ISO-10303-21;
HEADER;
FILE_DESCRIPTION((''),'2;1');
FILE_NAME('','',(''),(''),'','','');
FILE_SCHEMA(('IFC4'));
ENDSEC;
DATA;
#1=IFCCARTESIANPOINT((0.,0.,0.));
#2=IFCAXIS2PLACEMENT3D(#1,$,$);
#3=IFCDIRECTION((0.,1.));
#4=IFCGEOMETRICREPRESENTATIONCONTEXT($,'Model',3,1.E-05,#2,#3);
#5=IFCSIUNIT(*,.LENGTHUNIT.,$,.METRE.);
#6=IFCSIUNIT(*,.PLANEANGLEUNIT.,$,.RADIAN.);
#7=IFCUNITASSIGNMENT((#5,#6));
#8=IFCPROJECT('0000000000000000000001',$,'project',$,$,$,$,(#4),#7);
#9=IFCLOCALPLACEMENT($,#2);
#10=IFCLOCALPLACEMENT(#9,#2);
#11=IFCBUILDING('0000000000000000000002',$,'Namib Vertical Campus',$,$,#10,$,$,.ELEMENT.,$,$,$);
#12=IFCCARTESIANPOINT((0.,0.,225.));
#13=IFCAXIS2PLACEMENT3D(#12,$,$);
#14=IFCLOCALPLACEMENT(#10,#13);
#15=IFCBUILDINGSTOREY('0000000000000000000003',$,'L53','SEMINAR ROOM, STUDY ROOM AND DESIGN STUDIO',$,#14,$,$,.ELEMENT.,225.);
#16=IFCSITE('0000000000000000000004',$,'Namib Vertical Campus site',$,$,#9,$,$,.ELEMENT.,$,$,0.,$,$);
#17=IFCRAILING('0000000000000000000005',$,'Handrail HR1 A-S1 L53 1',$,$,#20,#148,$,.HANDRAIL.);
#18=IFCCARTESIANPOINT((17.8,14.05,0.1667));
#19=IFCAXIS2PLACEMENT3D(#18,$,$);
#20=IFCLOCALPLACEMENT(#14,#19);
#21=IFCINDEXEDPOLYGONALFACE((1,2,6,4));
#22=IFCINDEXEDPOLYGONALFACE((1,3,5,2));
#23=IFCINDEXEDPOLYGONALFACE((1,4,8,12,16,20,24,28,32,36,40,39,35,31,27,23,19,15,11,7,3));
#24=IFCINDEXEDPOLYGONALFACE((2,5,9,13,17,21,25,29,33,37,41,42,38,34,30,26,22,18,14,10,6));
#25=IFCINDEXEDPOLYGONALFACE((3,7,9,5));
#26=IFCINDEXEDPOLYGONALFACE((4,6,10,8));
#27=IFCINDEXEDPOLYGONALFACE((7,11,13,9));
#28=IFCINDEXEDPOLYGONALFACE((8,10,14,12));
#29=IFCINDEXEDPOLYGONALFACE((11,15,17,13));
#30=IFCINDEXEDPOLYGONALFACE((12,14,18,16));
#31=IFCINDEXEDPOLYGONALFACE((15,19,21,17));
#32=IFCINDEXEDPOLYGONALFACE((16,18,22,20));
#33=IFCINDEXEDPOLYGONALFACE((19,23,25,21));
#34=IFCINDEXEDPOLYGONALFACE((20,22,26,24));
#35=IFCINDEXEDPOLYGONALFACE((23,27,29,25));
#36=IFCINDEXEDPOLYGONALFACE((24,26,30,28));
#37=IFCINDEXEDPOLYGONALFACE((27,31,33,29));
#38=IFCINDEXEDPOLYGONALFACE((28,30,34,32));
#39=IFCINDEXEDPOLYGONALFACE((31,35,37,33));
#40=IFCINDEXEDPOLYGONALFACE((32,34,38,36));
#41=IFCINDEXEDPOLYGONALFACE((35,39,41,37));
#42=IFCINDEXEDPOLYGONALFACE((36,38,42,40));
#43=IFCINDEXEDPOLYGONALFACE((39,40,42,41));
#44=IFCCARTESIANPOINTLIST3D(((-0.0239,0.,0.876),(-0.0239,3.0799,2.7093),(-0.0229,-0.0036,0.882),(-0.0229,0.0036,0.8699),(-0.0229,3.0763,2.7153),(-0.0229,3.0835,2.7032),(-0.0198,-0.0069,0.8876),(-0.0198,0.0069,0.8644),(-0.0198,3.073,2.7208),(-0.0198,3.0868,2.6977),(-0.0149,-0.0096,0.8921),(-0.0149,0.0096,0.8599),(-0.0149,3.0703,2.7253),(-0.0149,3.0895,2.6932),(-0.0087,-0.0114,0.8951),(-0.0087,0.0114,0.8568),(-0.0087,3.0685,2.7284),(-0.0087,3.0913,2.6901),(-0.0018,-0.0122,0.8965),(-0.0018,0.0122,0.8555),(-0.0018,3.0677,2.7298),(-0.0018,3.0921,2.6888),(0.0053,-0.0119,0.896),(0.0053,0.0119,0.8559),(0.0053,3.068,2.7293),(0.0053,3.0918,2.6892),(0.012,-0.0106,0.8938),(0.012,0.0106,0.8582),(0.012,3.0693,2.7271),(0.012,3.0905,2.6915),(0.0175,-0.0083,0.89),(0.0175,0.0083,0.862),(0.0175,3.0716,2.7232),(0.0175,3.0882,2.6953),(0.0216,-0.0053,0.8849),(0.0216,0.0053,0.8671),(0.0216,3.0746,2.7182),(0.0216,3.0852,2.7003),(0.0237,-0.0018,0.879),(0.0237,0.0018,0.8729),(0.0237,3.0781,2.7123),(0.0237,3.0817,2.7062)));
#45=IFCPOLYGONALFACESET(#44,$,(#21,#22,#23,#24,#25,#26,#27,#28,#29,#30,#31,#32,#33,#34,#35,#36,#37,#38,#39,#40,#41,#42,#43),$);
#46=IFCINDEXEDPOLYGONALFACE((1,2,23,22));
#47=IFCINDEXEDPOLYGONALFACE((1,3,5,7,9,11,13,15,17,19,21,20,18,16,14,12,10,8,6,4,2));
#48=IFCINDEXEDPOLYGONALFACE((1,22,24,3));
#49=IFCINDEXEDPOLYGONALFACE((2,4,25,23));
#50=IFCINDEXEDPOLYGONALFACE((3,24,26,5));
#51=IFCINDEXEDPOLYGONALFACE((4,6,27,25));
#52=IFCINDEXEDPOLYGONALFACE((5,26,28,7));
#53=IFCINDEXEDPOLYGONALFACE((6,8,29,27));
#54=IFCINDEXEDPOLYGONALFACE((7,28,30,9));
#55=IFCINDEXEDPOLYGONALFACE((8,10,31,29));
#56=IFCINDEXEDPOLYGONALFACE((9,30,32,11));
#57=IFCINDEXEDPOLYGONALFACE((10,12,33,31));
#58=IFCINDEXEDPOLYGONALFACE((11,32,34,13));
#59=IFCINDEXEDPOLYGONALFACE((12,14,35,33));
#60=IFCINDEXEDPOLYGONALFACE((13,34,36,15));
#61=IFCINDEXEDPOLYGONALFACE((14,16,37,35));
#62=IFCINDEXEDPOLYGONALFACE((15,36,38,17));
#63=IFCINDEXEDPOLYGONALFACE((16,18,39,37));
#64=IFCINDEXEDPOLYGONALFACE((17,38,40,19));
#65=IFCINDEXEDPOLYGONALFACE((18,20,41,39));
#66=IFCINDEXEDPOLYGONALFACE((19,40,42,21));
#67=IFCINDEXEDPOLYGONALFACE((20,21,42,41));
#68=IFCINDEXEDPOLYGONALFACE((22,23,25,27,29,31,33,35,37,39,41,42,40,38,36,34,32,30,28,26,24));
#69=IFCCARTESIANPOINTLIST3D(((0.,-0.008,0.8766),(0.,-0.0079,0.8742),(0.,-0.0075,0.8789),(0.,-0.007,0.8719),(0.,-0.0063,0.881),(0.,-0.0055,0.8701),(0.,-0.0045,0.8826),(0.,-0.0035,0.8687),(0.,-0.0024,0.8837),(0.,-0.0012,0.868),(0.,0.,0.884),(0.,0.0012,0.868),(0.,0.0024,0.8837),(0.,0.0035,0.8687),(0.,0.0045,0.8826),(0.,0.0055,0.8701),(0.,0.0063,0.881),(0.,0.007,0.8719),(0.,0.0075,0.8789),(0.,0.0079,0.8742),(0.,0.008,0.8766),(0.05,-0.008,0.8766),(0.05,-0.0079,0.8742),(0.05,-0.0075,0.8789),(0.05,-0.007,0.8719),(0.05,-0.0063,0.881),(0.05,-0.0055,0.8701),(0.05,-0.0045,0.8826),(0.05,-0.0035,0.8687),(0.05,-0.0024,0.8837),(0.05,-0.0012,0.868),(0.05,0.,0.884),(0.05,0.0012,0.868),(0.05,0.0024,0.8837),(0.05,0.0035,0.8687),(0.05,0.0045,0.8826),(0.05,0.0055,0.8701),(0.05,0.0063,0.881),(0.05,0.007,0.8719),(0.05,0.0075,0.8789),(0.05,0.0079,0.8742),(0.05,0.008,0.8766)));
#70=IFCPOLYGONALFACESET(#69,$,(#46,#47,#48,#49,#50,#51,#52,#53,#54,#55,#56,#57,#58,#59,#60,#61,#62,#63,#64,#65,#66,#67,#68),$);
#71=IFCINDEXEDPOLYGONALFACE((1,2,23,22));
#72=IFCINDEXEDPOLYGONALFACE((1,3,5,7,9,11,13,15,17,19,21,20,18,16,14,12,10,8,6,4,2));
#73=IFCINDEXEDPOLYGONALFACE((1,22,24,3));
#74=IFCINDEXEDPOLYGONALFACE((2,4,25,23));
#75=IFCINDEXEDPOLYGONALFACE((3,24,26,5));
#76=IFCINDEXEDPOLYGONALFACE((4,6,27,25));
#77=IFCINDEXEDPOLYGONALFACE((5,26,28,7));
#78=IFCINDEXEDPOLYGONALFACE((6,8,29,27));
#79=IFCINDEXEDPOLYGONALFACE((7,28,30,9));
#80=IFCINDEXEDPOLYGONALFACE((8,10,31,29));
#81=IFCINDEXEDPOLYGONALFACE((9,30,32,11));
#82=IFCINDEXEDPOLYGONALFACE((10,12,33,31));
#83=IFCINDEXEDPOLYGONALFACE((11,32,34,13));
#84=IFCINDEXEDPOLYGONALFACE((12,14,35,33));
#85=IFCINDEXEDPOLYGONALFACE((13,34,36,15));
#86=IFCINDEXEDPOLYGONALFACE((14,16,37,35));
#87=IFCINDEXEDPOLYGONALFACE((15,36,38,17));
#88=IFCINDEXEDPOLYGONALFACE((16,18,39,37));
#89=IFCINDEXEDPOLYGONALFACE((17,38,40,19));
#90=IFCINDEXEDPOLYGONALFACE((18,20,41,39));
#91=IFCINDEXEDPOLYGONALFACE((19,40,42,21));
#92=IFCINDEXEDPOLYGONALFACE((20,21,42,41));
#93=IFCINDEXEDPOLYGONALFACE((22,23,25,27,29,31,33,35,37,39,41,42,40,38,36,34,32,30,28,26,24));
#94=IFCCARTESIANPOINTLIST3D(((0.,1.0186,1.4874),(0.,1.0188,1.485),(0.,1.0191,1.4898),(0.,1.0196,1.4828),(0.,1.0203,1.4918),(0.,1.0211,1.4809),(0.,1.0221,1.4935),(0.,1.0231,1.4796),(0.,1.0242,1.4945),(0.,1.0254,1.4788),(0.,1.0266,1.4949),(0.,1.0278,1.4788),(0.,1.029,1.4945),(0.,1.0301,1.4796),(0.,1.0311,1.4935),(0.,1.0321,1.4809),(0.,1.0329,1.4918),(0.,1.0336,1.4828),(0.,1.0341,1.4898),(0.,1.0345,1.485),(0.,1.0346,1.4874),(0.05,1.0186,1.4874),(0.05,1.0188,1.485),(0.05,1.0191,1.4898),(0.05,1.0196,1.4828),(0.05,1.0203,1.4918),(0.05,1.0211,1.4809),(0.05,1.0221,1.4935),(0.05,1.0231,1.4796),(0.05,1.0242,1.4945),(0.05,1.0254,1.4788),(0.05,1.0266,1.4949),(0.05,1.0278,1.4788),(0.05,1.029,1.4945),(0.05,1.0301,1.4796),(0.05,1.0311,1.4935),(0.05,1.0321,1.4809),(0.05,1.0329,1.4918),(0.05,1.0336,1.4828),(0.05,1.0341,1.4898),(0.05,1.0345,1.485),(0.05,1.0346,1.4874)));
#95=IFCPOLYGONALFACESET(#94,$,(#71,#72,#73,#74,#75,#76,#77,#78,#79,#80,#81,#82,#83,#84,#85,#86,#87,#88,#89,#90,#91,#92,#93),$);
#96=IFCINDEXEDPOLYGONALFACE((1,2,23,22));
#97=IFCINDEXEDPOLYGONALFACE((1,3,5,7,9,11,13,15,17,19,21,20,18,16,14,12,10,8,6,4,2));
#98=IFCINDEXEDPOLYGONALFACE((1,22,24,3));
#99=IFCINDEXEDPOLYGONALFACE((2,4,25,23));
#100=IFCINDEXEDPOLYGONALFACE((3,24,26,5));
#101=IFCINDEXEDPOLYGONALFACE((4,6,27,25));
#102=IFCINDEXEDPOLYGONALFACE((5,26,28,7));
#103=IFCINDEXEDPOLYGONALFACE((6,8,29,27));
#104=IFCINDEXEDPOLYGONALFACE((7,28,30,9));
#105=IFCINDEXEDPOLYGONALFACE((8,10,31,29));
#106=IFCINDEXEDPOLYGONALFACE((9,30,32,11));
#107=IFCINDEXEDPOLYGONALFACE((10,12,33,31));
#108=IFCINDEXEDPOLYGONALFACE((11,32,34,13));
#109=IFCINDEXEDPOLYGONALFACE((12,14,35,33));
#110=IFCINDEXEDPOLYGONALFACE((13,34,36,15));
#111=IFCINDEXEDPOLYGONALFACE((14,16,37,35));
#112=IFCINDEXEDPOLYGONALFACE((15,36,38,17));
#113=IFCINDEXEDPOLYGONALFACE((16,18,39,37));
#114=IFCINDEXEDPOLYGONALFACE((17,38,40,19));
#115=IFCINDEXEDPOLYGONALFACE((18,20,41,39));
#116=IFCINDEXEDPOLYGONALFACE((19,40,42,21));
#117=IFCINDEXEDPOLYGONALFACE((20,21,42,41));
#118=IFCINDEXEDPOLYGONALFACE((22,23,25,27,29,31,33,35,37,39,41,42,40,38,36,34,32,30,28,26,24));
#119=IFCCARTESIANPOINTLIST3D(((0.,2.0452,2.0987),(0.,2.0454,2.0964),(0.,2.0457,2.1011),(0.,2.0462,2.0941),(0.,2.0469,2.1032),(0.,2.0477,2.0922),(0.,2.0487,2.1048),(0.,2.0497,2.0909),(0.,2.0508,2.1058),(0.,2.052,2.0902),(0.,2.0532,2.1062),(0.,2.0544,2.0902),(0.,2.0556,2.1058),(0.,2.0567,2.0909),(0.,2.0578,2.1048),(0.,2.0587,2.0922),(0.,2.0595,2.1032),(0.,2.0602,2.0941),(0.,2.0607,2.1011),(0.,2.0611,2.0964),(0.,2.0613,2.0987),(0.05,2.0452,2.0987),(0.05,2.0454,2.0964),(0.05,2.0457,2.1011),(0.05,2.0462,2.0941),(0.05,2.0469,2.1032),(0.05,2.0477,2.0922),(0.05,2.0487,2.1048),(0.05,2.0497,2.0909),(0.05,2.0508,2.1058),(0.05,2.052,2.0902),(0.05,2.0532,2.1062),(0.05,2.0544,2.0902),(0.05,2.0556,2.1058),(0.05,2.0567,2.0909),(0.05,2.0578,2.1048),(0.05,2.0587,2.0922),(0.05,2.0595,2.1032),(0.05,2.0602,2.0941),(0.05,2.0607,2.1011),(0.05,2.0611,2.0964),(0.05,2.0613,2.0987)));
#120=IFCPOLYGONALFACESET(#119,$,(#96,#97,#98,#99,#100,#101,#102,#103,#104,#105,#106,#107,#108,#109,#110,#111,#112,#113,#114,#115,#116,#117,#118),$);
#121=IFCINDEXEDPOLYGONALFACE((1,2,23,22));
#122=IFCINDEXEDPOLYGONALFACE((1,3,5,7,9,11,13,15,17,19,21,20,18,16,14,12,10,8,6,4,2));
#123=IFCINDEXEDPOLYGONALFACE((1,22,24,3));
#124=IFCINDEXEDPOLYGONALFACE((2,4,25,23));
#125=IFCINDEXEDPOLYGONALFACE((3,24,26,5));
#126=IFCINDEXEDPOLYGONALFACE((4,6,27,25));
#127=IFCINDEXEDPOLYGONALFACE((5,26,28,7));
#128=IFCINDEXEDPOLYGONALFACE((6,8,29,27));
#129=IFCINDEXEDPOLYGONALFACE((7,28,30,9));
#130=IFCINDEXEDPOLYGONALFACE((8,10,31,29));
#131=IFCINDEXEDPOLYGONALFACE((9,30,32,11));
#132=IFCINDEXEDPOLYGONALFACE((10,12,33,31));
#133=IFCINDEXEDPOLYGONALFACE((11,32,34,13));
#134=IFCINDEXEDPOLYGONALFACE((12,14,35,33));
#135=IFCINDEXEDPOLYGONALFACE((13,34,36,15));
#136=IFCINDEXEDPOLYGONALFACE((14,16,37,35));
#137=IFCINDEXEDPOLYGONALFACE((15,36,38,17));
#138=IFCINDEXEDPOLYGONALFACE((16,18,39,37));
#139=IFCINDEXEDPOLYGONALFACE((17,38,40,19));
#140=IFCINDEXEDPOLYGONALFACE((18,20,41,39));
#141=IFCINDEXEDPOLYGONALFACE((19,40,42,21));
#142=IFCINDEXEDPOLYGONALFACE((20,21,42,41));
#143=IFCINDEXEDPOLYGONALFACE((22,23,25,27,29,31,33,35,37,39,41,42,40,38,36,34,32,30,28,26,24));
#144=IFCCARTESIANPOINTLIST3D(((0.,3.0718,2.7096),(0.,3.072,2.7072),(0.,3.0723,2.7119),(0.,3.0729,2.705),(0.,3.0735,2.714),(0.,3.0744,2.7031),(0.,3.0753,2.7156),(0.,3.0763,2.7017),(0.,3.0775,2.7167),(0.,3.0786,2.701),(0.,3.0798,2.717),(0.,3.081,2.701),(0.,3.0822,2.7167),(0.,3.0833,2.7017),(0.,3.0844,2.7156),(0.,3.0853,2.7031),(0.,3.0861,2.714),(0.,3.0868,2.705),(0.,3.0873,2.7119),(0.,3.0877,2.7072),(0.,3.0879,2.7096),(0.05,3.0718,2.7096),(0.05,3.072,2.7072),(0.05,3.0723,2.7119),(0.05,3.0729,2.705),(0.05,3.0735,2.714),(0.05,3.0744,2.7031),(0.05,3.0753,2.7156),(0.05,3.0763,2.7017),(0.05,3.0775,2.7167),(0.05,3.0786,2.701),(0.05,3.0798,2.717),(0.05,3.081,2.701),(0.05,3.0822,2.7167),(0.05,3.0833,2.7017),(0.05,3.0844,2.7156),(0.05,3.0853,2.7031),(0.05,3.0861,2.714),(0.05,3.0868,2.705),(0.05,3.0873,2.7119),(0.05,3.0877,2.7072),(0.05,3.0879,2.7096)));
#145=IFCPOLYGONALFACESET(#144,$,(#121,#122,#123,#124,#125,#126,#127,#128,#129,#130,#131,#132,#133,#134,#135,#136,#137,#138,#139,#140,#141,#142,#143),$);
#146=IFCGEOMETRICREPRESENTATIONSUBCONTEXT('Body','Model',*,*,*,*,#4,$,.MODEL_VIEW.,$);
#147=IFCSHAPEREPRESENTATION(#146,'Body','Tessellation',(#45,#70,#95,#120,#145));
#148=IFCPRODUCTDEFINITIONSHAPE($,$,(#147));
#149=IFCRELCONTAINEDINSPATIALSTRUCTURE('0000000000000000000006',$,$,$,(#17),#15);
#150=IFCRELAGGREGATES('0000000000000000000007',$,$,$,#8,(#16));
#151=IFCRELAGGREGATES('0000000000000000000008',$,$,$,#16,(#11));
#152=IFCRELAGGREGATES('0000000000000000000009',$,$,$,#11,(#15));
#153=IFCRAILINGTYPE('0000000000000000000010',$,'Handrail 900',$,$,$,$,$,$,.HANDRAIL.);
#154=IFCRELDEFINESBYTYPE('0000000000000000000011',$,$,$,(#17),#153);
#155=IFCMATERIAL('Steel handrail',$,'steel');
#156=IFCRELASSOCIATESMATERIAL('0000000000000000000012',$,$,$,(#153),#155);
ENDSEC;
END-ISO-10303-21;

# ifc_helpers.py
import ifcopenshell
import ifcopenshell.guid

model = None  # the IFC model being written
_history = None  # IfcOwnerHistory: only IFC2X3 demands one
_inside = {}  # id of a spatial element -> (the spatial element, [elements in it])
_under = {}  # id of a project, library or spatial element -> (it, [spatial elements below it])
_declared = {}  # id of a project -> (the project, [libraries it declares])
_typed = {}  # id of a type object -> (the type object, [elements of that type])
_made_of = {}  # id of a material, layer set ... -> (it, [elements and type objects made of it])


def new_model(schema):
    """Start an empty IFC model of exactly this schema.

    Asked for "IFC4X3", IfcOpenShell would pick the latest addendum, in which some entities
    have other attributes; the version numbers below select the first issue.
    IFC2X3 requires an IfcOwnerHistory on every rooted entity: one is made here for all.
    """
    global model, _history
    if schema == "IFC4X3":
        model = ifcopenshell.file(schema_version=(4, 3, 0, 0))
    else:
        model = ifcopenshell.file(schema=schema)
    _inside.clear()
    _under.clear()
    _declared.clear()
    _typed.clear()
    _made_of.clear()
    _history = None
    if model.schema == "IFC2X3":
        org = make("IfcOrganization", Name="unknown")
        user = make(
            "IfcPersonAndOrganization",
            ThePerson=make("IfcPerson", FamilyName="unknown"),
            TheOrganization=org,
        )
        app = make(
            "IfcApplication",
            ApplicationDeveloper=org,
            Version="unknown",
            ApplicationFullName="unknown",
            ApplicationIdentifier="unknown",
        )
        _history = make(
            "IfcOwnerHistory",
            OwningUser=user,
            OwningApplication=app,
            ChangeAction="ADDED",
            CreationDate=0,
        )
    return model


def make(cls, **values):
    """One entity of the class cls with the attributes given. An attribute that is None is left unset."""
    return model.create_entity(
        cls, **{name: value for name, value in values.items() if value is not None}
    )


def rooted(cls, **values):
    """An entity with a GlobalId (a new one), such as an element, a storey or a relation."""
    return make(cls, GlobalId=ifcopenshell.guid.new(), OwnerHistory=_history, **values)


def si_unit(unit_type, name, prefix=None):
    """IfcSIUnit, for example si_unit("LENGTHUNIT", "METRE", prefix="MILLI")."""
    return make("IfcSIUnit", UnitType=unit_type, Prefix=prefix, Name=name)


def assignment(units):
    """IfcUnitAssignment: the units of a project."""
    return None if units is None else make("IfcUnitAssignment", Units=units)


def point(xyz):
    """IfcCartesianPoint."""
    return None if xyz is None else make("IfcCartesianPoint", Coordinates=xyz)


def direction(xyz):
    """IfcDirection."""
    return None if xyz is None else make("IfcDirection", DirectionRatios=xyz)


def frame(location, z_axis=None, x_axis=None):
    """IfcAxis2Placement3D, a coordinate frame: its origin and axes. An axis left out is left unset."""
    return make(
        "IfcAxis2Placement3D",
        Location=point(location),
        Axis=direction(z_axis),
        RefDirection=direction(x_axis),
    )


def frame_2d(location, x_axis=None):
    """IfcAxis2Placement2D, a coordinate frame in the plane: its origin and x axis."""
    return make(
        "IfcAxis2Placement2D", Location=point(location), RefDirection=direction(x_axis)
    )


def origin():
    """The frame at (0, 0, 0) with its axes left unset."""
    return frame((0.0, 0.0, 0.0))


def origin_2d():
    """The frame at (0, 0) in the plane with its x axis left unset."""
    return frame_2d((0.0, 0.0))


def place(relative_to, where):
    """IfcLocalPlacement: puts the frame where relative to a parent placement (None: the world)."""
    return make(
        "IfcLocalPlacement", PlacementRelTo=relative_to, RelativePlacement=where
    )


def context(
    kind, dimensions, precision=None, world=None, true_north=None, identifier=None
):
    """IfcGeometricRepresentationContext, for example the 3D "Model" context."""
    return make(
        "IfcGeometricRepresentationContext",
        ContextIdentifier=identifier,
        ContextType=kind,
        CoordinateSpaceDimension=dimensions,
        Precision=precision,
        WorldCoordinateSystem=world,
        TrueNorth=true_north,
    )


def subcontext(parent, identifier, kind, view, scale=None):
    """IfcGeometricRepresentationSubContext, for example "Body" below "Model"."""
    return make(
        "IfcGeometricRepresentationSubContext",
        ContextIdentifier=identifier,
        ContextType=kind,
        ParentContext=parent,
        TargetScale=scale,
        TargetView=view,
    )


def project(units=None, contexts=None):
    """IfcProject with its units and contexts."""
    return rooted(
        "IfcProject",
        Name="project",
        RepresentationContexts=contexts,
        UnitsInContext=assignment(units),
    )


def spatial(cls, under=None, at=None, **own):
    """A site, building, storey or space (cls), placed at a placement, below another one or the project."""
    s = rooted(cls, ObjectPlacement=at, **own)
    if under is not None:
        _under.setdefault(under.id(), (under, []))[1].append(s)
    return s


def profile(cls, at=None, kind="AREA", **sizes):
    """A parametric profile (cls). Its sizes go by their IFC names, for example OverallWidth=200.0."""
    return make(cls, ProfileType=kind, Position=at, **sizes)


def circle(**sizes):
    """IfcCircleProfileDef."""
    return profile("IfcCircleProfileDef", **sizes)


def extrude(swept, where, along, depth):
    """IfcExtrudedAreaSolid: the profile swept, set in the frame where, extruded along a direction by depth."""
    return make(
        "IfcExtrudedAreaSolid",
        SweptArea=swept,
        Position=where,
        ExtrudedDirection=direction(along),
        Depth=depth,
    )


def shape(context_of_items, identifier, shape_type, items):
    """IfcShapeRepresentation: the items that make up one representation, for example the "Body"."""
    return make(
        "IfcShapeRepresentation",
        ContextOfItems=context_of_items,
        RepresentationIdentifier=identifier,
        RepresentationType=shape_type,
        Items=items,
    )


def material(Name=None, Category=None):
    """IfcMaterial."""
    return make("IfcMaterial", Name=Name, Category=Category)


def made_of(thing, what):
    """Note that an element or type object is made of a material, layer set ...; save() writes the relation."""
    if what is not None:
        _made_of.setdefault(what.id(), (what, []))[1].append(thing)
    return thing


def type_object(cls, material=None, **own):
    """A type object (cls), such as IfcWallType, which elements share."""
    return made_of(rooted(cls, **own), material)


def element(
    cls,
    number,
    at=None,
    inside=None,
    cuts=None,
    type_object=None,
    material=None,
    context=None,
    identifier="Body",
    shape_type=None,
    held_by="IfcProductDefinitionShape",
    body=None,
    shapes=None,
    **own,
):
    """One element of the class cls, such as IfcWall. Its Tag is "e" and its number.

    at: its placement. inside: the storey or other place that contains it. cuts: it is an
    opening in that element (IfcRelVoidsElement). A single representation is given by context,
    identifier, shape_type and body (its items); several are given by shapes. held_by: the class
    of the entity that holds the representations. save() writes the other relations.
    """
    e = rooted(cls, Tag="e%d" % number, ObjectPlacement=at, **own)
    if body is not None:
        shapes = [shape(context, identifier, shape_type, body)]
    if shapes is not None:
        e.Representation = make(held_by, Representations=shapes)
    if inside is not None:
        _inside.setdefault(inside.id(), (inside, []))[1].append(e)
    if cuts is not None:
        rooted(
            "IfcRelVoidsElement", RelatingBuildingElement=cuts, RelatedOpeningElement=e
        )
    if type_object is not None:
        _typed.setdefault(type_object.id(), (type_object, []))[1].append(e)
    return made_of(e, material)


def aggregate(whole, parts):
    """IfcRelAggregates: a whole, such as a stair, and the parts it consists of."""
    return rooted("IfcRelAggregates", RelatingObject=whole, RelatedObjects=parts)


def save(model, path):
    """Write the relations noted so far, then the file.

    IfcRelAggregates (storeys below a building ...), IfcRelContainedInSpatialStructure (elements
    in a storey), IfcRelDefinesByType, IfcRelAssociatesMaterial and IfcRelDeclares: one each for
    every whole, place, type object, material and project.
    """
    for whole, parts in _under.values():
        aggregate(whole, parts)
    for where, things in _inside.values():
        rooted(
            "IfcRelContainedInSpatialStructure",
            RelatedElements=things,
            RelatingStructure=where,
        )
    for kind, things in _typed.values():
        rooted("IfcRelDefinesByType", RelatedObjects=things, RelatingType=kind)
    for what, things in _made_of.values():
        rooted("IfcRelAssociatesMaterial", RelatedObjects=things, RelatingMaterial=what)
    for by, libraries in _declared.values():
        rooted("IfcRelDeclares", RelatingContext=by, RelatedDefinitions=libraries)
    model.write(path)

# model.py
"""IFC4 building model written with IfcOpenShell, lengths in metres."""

from ifc_helpers import new_model, si_unit, direction, frame, origin, origin_2d, place, context, subcontext, project, spatial, circle, extrude, material, type_object, element, save


model = new_model("IFC4")

# Units and contexts
model_context = context("Model", 3, precision=1e-05, world=origin(), true_north=direction((0.0, 1.0)))
body_context = subcontext(model_context, "Body", "Model", "MODEL_VIEW")
ifc_project = project(units=[si_unit("LENGTHUNIT", "METRE"), si_unit("PLANEANGLEUNIT", "RADIAN")], contexts=[model_context])

# Site, building, storey
site_placement = place(None, origin())
site = spatial("IfcSite", under=ifc_project, at=site_placement, Name="Namib Vertical Campus site", CompositionType="ELEMENT", RefElevation=0.0)
building_placement = place(site_placement, origin())
building = spatial("IfcBuilding", under=site, at=building_placement, Name="Namib Vertical Campus", CompositionType="ELEMENT")
storey_placement = place(building_placement, frame((0.0, 0.0, 225.0)))
storey = spatial("IfcBuildingStorey", under=building, at=storey_placement, Name="L53", Description="SEMINAR ROOM, STUDY ROOM AND DESIGN STUDIO", CompositionType="ELEMENT", Elevation=225.0)

# Railing
ifc_material_1 = material(Name="Steel handrail", Category="steel")
railing_type_1 = type_object("IfcRailingType", Name="Handrail 900", PredefinedType="HANDRAIL", material=ifc_material_1)
railing_1_placement = place(storey_placement, frame((17.8, 14.05, 0.1667)))
element("IfcRailing", 1, at=railing_1_placement, inside=storey, type_object=railing_type_1, Name="Handrail HR1 A-S1 L53 1", PredefinedType="HANDRAIL", context=body_context, shape_type="SweptSolid", body=[
    extrude(circle(Radius=0.0239, at=origin_2d()), frame((0.0, 0.0, 0.876), z_axis=(0.0, 0.859291, 0.511487), x_axis=(-1.0, 0.0, 0.0)), (0.0, 0.0, 1.0), 3.5842),
    extrude(circle(Radius=0.0081, at=origin_2d()), frame((0.0, 0.0, 0.876), z_axis=(1.0, 0.0, 0.0), x_axis=(0.0, 0.0, 1.0)), (0.0, 0.0, 1.0), 0.05),
    extrude(circle(Radius=0.0081, at=origin_2d()), frame((0.0, 1.0266, 1.4868), z_axis=(1.0, 0.0, 0.0), x_axis=(0.0, 0.0, 1.0)), (0.0, 0.0, 1.0), 0.05),
    extrude(circle(Radius=0.0081, at=origin_2d()), frame((0.0, 2.0532, 2.0981), z_axis=(1.0, 0.0, 0.0), x_axis=(0.0, 0.0, 1.0)), (0.0, 0.0, 1.0), 0.05),
    extrude(circle(Radius=0.0081, at=origin_2d()), frame((0.0, 3.0798, 2.709), z_axis=(1.0, 0.0, 0.0), x_axis=(0.0, 0.0, 1.0)), (0.0, 0.0, 1.0), 0.05),
])

save(model, "model.ifc")
